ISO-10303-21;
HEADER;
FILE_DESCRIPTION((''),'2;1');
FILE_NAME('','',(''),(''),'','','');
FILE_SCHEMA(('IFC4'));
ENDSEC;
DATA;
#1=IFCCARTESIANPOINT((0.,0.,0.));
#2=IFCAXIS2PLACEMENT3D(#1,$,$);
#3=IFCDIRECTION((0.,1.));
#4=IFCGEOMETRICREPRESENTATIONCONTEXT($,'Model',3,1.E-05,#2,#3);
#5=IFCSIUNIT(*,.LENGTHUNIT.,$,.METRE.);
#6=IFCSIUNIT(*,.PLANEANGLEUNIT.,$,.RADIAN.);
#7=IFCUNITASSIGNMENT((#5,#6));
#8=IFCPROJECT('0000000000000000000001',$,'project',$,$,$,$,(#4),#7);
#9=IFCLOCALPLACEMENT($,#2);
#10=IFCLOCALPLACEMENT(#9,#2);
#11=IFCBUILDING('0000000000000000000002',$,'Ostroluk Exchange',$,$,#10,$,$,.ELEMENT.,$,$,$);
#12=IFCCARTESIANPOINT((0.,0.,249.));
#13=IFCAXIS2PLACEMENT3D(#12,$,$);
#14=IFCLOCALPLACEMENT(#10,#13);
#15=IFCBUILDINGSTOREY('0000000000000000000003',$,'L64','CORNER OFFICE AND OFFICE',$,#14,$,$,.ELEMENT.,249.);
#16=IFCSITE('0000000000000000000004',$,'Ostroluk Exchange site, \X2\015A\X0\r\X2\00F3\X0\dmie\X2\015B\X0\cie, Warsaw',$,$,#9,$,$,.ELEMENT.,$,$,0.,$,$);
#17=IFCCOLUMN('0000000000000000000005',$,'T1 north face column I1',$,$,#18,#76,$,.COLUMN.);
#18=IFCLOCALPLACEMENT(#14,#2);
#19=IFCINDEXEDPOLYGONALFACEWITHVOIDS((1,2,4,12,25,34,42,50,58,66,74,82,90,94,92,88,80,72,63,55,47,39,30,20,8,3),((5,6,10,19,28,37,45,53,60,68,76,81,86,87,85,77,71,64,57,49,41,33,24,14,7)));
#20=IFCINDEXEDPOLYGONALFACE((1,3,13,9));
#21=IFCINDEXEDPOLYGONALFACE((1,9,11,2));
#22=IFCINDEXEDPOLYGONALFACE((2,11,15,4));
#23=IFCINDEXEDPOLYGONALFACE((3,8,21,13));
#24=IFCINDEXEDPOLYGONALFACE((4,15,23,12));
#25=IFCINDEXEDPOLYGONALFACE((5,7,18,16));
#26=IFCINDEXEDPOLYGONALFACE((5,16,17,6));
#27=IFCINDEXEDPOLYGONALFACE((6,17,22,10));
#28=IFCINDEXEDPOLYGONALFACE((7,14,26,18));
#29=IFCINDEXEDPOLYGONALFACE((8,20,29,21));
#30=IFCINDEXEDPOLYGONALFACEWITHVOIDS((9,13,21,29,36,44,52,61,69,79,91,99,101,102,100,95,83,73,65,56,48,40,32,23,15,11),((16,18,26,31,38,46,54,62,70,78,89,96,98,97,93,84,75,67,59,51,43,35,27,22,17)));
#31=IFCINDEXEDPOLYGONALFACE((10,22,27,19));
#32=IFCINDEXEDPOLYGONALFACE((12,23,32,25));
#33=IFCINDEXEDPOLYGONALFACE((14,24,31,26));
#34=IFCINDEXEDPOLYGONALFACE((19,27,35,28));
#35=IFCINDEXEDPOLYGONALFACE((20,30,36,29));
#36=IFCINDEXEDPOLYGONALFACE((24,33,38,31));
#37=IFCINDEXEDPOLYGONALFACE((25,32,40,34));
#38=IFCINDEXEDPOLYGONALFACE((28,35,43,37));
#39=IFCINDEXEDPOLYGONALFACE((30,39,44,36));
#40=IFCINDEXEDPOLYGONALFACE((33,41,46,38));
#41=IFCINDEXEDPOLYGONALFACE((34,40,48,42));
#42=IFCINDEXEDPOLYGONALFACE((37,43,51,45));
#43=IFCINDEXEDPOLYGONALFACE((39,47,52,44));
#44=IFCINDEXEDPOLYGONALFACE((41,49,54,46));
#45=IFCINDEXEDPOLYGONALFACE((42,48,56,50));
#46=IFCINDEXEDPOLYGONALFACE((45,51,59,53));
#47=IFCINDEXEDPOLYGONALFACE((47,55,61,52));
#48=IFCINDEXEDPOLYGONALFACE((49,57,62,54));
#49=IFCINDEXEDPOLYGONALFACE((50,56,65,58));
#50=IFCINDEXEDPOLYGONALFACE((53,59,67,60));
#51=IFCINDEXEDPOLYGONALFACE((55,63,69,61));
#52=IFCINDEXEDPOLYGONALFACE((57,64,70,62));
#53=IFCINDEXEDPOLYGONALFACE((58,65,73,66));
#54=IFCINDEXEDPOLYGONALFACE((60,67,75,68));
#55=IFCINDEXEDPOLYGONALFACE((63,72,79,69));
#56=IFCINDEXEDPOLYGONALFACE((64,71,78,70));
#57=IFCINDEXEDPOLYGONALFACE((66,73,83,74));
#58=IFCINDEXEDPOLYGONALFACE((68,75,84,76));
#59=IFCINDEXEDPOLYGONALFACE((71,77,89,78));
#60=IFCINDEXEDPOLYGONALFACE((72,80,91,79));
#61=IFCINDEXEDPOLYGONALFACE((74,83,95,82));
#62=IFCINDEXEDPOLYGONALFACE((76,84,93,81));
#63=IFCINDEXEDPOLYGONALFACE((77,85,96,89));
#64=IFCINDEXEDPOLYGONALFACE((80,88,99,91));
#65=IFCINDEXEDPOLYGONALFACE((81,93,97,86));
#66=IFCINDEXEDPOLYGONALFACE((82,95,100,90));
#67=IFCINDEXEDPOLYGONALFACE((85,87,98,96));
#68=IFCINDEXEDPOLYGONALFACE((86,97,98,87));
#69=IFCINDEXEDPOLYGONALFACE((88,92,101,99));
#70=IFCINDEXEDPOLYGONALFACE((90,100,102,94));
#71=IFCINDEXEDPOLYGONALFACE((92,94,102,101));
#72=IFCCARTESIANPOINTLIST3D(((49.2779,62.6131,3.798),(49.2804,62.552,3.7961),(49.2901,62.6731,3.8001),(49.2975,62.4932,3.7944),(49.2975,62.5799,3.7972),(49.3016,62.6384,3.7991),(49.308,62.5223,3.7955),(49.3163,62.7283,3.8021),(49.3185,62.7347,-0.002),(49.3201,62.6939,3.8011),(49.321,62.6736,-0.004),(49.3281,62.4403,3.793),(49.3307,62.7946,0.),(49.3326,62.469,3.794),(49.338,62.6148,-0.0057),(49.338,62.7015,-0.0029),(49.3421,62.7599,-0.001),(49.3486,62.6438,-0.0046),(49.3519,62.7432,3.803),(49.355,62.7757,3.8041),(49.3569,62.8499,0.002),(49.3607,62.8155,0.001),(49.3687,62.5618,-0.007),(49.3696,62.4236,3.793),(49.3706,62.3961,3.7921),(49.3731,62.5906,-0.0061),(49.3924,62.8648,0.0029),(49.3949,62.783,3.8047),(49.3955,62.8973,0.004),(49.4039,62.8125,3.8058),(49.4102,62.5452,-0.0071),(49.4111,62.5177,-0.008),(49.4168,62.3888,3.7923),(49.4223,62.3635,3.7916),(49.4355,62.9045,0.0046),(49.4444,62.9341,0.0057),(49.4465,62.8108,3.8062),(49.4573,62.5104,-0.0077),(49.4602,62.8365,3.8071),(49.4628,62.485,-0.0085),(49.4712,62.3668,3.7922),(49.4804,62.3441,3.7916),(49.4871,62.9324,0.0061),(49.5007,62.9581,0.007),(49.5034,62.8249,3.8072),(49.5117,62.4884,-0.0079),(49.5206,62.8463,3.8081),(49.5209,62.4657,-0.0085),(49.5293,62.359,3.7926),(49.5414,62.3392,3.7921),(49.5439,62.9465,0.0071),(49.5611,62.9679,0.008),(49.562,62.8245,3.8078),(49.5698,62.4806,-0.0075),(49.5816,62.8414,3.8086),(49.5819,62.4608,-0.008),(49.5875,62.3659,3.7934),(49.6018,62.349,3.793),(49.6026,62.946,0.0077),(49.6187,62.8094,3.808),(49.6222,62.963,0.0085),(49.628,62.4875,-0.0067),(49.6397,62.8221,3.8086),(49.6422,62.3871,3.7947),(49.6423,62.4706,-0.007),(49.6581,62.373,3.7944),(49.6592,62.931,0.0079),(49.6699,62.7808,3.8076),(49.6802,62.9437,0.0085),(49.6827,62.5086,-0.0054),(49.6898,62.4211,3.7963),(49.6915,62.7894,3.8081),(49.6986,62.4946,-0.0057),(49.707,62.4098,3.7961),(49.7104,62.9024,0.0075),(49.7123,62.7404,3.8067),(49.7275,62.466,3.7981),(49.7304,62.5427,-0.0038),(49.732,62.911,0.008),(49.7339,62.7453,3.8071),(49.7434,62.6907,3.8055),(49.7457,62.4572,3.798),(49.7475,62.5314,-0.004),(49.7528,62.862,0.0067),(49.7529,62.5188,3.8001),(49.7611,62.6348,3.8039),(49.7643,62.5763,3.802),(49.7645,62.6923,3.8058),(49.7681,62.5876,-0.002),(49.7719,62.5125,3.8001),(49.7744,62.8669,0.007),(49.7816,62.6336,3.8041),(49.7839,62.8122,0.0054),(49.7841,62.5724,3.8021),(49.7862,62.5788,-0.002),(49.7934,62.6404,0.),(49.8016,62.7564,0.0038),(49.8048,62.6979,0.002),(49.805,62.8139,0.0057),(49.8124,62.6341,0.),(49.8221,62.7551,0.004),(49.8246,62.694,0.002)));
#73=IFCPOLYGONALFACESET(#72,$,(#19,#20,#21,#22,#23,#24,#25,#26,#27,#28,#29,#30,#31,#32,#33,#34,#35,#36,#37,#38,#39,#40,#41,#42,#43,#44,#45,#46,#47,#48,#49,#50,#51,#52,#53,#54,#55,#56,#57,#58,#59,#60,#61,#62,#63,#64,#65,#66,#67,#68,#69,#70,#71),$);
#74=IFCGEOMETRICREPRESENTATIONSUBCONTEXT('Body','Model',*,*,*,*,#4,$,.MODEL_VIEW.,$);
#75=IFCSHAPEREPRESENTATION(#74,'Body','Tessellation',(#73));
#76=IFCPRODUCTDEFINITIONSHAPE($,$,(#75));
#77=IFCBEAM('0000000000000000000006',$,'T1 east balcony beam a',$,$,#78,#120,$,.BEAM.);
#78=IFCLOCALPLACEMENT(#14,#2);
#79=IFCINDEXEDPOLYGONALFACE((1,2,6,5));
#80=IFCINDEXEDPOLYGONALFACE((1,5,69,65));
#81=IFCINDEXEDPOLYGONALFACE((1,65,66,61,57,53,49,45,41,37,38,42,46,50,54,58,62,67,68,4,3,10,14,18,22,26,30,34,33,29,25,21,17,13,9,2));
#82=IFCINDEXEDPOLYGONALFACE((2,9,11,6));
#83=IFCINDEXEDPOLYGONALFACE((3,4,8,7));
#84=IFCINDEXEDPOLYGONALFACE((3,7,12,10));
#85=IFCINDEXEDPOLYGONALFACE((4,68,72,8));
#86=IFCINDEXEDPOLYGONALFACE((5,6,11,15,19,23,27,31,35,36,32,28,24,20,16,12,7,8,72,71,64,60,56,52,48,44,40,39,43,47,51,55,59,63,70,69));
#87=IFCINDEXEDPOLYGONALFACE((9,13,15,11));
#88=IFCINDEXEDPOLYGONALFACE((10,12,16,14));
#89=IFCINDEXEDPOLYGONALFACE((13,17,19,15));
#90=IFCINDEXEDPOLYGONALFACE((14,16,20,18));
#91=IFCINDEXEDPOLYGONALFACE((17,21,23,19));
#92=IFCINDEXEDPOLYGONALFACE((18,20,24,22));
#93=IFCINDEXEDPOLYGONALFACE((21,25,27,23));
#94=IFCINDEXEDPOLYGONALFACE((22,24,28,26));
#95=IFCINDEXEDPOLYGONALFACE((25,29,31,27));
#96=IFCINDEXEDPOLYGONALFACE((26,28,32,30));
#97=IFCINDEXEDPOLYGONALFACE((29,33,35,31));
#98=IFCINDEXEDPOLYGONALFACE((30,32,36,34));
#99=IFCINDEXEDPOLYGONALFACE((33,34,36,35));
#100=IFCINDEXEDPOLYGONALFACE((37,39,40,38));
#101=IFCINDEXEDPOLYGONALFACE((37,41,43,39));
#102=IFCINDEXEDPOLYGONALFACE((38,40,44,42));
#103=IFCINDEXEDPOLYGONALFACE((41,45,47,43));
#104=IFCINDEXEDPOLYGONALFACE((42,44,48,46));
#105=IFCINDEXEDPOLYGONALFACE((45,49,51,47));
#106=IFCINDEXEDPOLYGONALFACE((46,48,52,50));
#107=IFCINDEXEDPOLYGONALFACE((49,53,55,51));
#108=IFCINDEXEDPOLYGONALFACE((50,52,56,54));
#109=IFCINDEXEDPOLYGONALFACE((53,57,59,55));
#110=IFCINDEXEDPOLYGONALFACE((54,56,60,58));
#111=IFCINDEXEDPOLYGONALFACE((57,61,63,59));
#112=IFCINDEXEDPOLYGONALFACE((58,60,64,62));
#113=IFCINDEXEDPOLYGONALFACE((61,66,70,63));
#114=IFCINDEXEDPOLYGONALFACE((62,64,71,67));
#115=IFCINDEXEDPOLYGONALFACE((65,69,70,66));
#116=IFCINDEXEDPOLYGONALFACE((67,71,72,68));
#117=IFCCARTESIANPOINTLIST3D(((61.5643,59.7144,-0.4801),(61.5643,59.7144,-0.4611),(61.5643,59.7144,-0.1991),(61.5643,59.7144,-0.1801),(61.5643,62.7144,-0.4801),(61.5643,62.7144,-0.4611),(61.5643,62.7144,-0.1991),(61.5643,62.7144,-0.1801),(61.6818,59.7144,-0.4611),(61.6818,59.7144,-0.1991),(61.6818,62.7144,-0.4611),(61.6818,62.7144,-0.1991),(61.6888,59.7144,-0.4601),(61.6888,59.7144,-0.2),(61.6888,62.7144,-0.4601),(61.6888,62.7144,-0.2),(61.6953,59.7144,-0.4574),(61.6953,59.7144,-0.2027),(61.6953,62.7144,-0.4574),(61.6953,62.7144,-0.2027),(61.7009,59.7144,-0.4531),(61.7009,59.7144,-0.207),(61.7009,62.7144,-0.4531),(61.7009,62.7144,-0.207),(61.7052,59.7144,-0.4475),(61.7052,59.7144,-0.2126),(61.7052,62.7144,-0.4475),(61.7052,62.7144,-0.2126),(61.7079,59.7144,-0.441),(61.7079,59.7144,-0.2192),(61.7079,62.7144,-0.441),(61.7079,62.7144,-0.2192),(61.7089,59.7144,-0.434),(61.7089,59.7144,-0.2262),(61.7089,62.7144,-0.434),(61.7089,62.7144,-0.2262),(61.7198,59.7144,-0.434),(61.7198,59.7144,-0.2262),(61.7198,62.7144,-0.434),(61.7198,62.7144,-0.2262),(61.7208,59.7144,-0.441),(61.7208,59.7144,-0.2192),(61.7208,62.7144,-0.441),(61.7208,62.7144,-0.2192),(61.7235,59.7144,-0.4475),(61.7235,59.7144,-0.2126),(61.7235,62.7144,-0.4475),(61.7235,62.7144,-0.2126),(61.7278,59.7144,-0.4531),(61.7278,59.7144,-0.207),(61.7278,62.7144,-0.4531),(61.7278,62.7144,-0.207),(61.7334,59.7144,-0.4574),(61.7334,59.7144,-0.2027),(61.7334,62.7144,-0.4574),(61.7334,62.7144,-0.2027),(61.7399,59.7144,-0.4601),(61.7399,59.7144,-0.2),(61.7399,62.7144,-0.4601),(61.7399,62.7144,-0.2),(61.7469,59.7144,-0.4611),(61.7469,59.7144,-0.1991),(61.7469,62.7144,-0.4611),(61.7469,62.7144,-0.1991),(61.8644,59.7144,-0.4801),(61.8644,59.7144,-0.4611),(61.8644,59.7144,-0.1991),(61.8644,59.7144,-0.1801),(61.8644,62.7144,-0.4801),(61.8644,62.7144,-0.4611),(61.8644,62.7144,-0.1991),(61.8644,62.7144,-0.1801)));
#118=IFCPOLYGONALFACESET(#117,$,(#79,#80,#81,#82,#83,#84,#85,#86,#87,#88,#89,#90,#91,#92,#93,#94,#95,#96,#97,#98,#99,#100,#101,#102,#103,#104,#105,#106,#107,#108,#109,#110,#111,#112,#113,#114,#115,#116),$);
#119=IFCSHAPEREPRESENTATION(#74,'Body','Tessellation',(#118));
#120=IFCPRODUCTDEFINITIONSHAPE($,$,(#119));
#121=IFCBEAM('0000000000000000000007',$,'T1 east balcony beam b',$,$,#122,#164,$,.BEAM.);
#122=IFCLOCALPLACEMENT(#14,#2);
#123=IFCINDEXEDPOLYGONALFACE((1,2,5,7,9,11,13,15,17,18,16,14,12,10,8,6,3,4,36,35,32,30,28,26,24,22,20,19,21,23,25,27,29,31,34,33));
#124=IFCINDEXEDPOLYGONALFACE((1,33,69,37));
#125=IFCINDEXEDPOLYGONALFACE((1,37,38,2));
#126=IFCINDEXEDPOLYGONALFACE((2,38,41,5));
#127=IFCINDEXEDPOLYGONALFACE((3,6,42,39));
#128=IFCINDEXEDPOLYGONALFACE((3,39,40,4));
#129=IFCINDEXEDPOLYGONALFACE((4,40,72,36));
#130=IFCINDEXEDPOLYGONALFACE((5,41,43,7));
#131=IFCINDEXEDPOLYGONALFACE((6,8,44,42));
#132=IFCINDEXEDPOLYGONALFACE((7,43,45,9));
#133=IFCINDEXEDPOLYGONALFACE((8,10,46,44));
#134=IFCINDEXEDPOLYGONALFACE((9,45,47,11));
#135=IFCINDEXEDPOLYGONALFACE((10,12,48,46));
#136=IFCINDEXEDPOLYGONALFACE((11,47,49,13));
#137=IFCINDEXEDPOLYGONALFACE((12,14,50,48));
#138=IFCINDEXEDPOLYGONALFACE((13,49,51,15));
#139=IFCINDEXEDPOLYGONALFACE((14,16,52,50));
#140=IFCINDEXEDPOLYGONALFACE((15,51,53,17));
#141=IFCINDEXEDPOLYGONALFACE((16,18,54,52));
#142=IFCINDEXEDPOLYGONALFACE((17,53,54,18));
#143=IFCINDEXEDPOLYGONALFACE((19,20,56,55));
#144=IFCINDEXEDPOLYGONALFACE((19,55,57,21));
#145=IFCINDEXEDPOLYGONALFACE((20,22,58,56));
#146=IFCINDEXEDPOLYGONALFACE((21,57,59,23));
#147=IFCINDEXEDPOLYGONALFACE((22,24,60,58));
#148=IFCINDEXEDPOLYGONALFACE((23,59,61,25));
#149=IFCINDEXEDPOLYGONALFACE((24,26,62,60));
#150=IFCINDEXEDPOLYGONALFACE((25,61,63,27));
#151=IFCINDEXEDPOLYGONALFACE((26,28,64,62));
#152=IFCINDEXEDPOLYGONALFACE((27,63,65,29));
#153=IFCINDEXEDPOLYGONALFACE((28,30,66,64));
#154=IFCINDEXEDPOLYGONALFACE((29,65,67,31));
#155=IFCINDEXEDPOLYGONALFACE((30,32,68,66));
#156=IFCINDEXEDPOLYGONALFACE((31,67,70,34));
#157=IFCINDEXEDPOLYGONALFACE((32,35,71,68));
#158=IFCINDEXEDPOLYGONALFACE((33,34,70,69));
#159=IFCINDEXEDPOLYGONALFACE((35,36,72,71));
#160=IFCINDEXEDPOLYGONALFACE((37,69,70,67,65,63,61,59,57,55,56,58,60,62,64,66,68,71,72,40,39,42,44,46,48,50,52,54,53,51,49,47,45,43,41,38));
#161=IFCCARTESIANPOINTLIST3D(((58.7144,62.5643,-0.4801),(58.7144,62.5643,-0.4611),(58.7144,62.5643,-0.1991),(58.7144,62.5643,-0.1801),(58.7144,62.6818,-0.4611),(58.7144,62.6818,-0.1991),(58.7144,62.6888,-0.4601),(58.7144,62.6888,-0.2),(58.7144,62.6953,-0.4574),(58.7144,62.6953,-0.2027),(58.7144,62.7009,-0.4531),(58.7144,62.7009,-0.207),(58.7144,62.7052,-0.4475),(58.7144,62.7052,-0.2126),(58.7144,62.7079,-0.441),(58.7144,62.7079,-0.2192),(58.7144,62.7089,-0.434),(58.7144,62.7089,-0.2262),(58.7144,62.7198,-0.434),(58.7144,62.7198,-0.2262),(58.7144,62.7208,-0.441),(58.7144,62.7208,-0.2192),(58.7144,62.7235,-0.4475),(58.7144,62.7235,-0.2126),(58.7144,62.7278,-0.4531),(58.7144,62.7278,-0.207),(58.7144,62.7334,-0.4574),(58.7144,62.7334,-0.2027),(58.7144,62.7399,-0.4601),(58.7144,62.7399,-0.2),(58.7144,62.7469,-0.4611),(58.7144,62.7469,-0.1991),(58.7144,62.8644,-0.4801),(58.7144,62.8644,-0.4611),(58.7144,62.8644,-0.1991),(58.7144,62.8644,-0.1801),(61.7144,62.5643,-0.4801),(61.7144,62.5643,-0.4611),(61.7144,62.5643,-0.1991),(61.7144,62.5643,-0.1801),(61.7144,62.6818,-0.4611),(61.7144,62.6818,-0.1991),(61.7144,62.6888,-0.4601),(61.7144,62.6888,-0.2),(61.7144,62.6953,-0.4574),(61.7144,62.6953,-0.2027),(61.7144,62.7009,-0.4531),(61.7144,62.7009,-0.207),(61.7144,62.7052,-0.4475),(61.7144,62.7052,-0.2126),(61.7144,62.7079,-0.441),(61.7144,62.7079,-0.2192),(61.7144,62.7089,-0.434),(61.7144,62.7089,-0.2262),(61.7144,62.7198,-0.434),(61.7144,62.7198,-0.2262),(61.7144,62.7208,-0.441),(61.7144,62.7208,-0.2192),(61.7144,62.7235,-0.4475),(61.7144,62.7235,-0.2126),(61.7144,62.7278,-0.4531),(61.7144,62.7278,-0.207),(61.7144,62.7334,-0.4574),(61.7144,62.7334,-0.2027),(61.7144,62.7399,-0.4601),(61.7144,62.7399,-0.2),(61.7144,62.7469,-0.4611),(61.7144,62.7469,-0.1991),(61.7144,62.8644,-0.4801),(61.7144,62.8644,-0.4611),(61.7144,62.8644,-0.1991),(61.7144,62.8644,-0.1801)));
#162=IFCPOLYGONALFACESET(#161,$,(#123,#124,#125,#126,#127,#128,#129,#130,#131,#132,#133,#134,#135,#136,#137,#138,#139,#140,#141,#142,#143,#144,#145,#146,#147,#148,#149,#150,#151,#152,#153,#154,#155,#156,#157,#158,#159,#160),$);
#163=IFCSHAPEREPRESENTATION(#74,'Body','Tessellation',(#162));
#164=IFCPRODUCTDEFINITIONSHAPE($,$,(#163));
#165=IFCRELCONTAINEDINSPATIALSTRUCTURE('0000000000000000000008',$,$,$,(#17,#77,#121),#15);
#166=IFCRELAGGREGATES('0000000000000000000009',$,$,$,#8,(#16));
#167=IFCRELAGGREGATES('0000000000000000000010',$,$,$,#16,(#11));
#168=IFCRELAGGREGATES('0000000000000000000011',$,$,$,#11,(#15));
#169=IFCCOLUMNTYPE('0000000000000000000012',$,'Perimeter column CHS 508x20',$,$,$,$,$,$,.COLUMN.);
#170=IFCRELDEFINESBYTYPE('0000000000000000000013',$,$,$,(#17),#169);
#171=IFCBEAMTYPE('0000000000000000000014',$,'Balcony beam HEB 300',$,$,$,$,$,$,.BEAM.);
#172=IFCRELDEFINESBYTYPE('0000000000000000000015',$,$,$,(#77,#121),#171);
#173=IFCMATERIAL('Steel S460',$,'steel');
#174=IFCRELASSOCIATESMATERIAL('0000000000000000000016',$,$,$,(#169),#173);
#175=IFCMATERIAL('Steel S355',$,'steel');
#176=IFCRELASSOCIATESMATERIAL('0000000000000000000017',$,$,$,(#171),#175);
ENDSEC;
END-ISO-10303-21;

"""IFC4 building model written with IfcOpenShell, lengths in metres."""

from ifc_helpers import new_model, si_unit, direction, frame, origin, origin_2d, place, context, subcontext, project, spatial, hollow_circle, i_section, extrude, material, material_profile, profile_set, type_object, element, save


model = new_model("IFC4")

# Units and contexts
model_context = context("Model", 3, precision=1e-05, world=origin(), true_north=direction((0.0, 1.0)))
body_context = subcontext(model_context, "Body", "Model", "MODEL_VIEW")
ifc_project = project(units=[si_unit("LENGTHUNIT", "METRE"), si_unit("PLANEANGLEUNIT", "RADIAN")], contexts=[model_context])

# Site, building, storey
site_placement = place(None, origin())
site = spatial("IfcSite", under=ifc_project, at=site_placement, Name="Ostroluk Exchange site, Śródmieście, Warsaw", CompositionType="ELEMENT", RefElevation=0.0)
building_placement = place(site_placement, origin())
building = spatial("IfcBuilding", under=site, at=building_placement, Name="Ostroluk Exchange", CompositionType="ELEMENT")
storey_placement = place(building_placement, frame((0.0, 0.0, 249.0)))
storey = spatial("IfcBuildingStorey", under=building, at=storey_placement, Name="L64", Description="CORNER OFFICE AND OFFICE", CompositionType="ELEMENT", Elevation=249.0)

# Column
ifc_material_1 = material(Name="Steel S460", Category="steel")
ifc_material_profile_1 = material_profile(ifc_material_1, hollow_circle(Radius=0.2539, WallThickness=0.02, at=origin_2d()), Name="CHS 508x20")
ifc_profile_set_1 = profile_set([ifc_material_profile_1], Name="Steel S460")
column_type_1 = type_object("IfcColumnType", Name="Perimeter column CHS 508x20", PredefinedType="COLUMN", material=ifc_profile_set_1)
column_1_placement = place(storey_placement, frame((49.5715, 62.7144, 0.0), z_axis=(-0.010659, -0.031977, 0.999432), x_axis=(0.948683, -0.316228, 0.0)))
element("IfcColumn", 1, at=column_1_placement, inside=storey, type_object=column_type_1, Name="T1 north face column I1", PredefinedType="COLUMN", context=body_context, shape_type="SweptSolid", body=[
    extrude(hollow_circle(Radius=0.2539, WallThickness=0.02, at=origin_2d()), origin(), (0.0, 0.0, 1.0), 3.8022),
])

# Beams
ifc_material_2 = material(Name="Steel S355", Category="steel")
ifc_material_profile_2 = material_profile(ifc_material_2, i_section(OverallWidth=0.3, OverallDepth=0.3, WebThickness=0.011, FlangeThickness=0.019, FilletRadius=0.0271, at=origin_2d()), Name="HEB 300")
ifc_profile_set_2 = profile_set([ifc_material_profile_2], Name="Steel S355")
beam_type_1 = type_object("IfcBeamType", Name="Balcony beam HEB 300", PredefinedType="BEAM", material=ifc_profile_set_2)
for number, where, z_axis, x_axis, name in (
    (2, (61.7144, 59.7144, -0.3301), (0.0, 1.0, 0.0), (-1.0, 0.0, 0.0), "T1 east balcony beam a"),
    (3, (58.7144, 62.7144, -0.3301), (1.0, 0.0, 0.0), (0.0, 1.0, 0.0), "T1 east balcony beam b"),
):
    element("IfcBeam", number, at=place(storey_placement, frame(where, z_axis=z_axis, x_axis=x_axis)), inside=storey, type_object=beam_type_1, Name=name, PredefinedType="BEAM", context=body_context, shape_type="SweptSolid", body=[
        extrude(i_section(OverallWidth=0.3, OverallDepth=0.3, WebThickness=0.011, FlangeThickness=0.019, FilletRadius=0.0271, at=origin_2d()), origin(), (0.0, 0.0, 1.0), 3.0),
    ])

save(model, "model.ifc")
